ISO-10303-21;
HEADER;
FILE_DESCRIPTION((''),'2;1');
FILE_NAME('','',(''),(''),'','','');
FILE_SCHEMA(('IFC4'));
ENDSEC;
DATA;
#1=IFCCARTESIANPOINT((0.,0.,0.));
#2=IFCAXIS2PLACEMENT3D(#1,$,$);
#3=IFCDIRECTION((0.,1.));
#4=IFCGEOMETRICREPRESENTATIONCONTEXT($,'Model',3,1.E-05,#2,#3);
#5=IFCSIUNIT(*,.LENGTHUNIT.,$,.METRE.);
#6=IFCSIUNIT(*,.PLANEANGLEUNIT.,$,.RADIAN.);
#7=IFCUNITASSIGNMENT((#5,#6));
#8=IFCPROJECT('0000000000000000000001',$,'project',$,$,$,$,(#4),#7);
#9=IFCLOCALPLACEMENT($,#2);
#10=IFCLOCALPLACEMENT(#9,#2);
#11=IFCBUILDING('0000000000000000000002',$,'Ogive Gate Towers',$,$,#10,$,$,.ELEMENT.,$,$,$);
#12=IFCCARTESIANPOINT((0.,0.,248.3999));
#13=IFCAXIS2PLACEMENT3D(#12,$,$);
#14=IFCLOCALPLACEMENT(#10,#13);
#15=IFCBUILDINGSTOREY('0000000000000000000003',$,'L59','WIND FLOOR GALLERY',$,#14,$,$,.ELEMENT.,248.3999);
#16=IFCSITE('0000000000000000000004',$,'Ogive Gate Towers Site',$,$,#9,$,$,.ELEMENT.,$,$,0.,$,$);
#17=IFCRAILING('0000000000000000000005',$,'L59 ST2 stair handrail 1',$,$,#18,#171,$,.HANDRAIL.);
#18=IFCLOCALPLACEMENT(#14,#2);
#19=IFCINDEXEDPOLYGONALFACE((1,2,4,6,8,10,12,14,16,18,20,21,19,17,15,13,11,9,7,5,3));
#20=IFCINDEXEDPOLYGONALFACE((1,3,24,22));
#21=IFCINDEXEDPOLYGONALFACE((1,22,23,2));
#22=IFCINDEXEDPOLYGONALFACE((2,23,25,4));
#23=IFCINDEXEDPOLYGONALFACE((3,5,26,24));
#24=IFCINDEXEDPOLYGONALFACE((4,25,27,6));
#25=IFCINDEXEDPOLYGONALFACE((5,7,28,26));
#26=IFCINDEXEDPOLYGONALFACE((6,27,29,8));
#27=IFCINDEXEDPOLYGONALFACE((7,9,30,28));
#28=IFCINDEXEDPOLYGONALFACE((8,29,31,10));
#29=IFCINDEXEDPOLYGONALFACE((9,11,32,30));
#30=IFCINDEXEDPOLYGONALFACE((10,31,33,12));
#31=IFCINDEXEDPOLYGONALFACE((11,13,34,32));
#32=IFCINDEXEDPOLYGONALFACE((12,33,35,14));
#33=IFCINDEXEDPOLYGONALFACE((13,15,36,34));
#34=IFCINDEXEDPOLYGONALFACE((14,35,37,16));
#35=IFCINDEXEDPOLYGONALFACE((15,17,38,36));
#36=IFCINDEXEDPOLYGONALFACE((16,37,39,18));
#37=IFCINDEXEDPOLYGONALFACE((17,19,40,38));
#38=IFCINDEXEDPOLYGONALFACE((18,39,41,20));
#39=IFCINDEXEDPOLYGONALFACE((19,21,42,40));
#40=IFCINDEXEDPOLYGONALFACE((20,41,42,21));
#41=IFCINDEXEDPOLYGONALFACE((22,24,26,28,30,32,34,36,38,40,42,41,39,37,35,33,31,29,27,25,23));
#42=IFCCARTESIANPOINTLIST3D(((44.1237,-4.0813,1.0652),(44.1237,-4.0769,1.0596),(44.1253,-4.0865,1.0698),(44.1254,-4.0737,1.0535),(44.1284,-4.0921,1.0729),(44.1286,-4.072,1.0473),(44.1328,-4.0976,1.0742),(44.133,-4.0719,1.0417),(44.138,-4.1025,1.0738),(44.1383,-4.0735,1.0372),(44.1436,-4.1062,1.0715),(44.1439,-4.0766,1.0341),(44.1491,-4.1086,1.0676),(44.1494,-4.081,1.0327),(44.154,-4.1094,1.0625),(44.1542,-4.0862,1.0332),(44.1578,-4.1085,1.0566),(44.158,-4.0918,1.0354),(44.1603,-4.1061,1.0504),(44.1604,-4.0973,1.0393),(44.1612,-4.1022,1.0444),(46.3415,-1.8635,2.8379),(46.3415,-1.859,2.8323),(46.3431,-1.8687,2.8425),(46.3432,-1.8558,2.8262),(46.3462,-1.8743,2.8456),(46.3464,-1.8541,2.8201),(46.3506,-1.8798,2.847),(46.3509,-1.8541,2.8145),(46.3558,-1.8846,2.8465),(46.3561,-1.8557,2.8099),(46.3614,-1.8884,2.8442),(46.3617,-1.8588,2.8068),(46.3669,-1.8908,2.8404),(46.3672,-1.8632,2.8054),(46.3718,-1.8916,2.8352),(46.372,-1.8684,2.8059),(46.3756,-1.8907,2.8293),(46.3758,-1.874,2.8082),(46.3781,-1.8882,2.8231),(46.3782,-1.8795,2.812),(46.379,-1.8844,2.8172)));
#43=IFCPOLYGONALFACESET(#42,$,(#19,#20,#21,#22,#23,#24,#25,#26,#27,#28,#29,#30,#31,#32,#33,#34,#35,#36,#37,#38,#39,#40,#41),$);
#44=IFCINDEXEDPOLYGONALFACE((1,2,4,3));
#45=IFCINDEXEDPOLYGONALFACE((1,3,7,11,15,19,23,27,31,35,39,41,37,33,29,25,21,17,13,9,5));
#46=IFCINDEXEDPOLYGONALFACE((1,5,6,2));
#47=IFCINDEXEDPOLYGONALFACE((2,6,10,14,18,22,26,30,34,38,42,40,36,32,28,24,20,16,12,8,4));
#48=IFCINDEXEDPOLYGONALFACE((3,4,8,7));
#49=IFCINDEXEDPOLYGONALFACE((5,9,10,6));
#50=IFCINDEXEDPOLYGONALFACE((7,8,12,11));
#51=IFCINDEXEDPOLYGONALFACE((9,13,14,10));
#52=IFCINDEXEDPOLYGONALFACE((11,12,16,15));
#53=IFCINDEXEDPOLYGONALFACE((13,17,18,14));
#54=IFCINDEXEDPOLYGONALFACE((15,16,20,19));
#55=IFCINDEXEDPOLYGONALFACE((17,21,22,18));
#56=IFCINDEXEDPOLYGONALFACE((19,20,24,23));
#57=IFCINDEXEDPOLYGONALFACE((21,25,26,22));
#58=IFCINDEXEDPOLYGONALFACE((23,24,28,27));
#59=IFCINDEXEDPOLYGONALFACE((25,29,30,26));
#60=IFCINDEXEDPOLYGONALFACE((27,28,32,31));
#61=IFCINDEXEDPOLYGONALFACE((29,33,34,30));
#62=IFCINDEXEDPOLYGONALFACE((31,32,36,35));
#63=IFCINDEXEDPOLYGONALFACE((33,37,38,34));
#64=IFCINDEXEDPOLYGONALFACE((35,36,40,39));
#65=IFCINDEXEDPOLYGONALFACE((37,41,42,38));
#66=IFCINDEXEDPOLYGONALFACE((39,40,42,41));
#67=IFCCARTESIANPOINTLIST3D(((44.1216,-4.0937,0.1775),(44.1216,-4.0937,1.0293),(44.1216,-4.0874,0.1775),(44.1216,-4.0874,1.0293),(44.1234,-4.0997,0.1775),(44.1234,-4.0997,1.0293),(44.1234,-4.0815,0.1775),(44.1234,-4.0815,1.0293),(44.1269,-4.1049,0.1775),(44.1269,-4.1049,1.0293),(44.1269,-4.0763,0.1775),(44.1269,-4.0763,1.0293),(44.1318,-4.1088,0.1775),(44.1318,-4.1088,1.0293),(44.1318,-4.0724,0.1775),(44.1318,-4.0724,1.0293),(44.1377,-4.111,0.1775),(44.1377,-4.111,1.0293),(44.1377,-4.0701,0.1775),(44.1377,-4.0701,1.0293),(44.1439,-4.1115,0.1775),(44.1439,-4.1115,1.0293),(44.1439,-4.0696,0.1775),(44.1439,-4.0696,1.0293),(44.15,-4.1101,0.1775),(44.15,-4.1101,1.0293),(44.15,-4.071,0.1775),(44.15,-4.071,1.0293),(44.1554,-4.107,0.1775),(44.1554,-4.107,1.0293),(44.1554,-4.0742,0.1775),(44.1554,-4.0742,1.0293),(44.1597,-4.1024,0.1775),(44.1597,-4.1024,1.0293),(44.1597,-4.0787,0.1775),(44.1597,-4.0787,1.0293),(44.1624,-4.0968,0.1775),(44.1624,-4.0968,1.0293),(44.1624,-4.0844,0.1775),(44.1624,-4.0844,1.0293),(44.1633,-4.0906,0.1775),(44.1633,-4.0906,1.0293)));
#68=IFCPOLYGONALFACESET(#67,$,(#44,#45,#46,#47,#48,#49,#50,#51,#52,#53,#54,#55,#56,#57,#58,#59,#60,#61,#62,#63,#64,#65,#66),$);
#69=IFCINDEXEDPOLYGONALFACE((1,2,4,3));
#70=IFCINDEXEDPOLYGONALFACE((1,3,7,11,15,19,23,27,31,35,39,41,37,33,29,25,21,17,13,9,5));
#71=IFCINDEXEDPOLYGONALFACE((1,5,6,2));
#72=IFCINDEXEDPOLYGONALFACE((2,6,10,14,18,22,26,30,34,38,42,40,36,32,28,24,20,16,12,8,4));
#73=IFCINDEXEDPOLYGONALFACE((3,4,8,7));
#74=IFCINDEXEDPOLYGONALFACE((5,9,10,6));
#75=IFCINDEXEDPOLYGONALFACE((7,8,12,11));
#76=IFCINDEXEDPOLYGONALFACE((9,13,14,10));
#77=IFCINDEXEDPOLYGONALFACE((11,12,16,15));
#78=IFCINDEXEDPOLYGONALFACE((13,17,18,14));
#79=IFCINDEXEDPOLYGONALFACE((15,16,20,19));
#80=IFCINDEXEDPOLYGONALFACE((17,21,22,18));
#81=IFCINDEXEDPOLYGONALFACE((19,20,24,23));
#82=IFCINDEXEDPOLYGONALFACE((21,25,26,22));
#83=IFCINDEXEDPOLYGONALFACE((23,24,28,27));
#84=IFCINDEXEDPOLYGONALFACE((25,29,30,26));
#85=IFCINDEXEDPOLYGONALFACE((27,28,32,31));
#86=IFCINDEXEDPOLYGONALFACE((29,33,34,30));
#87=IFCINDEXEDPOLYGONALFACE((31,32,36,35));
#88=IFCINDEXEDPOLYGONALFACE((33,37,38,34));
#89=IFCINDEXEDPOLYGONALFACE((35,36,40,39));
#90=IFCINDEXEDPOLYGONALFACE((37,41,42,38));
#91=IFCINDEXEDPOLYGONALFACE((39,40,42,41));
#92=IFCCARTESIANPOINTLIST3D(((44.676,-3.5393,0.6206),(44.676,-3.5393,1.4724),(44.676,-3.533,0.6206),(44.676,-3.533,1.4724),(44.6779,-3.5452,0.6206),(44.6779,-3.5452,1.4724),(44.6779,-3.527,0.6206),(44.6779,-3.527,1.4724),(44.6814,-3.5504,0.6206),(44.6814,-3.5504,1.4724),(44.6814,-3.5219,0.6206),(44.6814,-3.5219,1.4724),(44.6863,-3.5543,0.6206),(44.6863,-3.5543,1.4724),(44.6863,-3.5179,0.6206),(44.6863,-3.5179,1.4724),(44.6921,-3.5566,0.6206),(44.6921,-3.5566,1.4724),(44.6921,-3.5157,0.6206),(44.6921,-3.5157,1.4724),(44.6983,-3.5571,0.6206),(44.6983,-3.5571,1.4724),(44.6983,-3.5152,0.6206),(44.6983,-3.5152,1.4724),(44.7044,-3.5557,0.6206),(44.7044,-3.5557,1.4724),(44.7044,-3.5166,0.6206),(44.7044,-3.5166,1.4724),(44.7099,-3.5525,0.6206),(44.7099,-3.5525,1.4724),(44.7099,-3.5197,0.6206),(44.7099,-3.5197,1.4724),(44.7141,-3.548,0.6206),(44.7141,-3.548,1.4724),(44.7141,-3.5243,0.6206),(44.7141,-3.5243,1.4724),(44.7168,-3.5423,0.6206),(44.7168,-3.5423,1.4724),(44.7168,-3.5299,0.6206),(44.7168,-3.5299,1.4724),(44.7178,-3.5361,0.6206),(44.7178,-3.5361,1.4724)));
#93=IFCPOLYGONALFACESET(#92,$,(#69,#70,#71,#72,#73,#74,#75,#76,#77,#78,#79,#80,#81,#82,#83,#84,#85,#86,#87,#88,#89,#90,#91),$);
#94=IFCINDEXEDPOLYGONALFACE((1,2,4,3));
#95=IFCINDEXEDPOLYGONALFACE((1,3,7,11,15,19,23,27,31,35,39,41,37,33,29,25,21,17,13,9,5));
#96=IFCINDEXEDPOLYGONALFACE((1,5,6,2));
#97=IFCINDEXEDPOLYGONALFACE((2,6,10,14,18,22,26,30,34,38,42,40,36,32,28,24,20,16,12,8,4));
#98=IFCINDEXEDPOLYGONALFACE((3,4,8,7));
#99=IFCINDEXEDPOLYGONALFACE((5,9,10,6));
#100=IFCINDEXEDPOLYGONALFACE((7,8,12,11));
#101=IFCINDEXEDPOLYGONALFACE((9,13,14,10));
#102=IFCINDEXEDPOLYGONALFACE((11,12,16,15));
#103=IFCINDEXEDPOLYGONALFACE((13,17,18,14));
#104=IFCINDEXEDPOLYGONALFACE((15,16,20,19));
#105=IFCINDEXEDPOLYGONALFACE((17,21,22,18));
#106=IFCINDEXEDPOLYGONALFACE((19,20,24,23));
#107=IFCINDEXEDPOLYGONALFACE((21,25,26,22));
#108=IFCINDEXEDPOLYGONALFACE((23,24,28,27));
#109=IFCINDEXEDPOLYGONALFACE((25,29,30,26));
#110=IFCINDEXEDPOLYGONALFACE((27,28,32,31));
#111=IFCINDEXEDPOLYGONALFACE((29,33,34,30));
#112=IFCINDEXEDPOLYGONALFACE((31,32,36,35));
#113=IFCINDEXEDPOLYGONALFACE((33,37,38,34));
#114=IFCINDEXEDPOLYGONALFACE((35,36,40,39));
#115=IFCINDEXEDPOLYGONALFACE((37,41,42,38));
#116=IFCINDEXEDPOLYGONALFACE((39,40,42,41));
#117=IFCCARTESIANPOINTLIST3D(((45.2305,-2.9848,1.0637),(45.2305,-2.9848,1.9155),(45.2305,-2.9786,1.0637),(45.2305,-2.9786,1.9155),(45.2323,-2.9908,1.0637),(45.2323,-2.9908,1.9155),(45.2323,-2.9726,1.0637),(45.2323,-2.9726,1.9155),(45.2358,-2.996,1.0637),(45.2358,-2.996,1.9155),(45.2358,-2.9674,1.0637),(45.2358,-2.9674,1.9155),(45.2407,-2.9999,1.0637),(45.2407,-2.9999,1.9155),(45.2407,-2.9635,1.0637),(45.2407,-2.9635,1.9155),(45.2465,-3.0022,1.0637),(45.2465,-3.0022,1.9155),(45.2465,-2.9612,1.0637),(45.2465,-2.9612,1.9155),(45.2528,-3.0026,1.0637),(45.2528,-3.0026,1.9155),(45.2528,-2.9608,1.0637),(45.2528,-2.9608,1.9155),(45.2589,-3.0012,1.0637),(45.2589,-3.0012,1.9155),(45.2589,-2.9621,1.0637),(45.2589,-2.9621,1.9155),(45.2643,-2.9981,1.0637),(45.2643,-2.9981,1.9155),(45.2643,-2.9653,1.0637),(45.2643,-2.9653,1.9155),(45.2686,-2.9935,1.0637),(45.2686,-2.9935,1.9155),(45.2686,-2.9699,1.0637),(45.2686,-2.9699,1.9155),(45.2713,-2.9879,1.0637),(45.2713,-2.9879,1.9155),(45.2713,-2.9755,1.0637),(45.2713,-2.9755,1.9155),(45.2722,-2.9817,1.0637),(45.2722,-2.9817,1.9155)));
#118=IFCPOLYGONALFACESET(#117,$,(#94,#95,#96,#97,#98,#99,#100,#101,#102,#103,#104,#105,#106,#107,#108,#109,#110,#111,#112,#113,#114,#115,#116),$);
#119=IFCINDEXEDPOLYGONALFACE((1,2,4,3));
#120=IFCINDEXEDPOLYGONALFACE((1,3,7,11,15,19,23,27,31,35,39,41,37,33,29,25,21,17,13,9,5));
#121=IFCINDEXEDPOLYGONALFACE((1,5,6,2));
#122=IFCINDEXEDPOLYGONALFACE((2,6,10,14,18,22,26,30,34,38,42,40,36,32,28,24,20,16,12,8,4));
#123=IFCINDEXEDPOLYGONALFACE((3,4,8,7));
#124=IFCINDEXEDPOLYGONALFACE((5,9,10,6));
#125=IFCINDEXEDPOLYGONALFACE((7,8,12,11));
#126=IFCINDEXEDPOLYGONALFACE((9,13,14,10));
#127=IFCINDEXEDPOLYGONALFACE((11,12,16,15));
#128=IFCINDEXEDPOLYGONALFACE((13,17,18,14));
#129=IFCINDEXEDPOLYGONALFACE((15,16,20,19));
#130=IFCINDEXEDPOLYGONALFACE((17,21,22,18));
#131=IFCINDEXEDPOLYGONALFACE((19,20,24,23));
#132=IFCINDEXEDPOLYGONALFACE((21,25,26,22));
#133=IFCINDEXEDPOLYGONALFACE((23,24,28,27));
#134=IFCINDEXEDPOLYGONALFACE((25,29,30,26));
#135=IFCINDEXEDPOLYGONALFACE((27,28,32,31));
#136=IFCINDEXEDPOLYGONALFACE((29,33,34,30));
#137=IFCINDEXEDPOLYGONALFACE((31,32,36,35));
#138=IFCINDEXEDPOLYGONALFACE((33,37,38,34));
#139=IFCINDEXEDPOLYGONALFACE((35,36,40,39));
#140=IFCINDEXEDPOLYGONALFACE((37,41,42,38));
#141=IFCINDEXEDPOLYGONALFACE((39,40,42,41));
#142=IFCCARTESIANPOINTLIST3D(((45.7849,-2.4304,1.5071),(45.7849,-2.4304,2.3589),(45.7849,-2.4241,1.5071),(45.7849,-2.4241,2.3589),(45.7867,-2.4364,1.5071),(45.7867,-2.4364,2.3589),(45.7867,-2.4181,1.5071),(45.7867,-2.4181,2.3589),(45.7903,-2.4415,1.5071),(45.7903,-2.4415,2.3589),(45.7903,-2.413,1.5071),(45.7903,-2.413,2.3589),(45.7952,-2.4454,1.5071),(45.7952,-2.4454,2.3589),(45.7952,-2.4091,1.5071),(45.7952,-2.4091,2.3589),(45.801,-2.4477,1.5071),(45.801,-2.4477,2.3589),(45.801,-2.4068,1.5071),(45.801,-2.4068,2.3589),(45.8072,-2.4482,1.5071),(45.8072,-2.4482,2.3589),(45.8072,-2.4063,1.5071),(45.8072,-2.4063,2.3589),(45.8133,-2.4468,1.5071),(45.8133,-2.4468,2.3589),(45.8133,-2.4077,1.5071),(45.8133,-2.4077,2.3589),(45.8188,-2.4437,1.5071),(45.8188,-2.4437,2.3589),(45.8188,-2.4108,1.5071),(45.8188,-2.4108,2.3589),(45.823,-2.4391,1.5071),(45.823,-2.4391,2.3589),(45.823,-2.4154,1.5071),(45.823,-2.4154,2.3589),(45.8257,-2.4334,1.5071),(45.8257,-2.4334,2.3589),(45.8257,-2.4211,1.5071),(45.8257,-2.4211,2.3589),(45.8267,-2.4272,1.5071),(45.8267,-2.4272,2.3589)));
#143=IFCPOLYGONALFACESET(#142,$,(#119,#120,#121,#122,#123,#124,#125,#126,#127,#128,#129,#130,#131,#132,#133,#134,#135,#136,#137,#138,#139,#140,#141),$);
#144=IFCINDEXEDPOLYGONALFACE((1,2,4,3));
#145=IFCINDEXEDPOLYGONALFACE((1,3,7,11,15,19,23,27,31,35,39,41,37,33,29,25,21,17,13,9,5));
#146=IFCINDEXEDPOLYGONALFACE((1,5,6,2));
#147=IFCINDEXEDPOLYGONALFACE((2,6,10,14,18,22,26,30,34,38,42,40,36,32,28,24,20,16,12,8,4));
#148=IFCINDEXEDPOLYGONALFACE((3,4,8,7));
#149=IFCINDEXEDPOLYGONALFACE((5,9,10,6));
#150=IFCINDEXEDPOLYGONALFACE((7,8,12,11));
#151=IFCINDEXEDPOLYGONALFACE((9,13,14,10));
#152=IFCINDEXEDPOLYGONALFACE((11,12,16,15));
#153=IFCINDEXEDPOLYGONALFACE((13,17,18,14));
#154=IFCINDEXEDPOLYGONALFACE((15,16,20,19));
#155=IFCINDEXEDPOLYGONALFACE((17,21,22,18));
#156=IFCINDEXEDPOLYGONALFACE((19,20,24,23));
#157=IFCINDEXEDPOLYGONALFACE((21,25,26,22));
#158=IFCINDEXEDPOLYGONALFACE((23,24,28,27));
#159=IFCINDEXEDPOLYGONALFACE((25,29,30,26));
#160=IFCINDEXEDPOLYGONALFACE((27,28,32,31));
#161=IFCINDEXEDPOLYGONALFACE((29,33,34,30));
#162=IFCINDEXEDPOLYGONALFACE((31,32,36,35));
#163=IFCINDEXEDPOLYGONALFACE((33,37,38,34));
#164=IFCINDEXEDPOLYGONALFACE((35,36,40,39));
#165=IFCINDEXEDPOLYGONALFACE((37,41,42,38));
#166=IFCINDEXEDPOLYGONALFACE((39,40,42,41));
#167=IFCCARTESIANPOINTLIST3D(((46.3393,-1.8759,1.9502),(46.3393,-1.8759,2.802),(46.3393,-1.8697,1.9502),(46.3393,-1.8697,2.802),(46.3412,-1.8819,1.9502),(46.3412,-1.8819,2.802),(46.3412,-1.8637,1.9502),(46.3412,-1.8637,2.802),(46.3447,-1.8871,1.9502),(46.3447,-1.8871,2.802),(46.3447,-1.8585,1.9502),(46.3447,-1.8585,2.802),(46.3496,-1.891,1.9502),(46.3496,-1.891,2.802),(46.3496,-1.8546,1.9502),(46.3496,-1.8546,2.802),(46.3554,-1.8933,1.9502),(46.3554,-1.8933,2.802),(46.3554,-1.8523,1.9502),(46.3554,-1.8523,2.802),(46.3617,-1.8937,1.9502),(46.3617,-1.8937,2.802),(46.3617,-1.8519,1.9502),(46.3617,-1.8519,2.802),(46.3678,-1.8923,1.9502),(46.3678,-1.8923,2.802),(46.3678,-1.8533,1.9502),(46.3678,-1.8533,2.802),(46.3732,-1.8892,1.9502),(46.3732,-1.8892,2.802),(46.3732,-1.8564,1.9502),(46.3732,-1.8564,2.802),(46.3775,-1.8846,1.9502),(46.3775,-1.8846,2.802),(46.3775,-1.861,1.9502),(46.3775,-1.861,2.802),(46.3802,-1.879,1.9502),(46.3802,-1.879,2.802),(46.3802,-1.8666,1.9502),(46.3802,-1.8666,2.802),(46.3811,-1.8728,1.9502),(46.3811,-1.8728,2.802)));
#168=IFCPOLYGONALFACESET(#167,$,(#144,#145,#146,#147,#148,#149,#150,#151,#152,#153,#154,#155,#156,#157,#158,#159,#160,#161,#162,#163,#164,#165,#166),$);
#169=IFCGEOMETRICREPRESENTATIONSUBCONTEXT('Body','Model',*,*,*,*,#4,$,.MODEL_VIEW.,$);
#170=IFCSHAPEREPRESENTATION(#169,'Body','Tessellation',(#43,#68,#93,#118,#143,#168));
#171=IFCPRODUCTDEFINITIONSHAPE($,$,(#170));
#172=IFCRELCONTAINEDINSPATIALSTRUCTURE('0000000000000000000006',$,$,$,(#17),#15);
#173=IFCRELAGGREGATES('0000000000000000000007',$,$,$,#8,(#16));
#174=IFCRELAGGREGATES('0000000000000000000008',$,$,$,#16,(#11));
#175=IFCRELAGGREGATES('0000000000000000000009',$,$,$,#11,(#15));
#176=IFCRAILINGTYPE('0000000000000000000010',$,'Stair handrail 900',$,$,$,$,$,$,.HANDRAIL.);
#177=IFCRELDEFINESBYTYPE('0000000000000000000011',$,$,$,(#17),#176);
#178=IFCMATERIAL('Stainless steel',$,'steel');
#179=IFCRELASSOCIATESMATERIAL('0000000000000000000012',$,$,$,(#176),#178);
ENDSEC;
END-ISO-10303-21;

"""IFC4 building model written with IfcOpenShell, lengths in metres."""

from ifc_helpers import new_model, si_unit, direction, frame, origin, origin_2d, place, context, subcontext, project, spatial, circle, extrude, material, type_object, element, save


model = new_model("IFC4")

# Units and contexts
model_context = context("Model", 3, precision=1e-05, world=origin(), true_north=direction((0.0, 1.0)))
body_context = subcontext(model_context, "Body", "Model", "MODEL_VIEW")
ifc_project = project(units=[si_unit("LENGTHUNIT", "METRE"), si_unit("PLANEANGLEUNIT", "RADIAN")], contexts=[model_context])

# Site, building, storey
site_placement = place(None, origin())
site = spatial("IfcSite", under=ifc_project, at=site_placement, Name="Ogive Gate Towers Site", CompositionType="ELEMENT", RefElevation=0.0)
building_placement = place(site_placement, origin())
building = spatial("IfcBuilding", under=site, at=building_placement, Name="Ogive Gate Towers", CompositionType="ELEMENT")
storey_placement = place(building_placement, frame((0.0, 0.0, 248.3999)))
storey = spatial("IfcBuildingStorey", under=building, at=storey_placement, Name="L59", Description="WIND FLOOR GALLERY", CompositionType="ELEMENT", Elevation=248.3999)

# Railing
ifc_material_1 = material(Name="Stainless steel", Category="steel")
railing_type_1 = type_object("IfcRailingType", Name="Stair handrail 900", PredefinedType="HANDRAIL", material=ifc_material_1)
for number, where, name in (
    (1, (44.1423, -4.0906, 0.1775), "L59 ST2 stair handrail 1"),
):
    element("IfcRailing", number, at=place(storey_placement, frame(where)), inside=storey, type_object=railing_type_1, Name=name, PredefinedType="HANDRAIL", context=body_context, shape_type="SweptSolid", body=[
        extrude(circle(Radius=0.0239, at=origin_2d()), frame((0.0, 0.0, 0.876), z_axis=(0.615585, 0.615585, 0.492048), x_axis=(-0.707107, 0.707107, 0.0)), (0.0, 0.0, 1.0), 3.6028),
        extrude(circle(Radius=0.021, at=origin_2d()), origin(), (0.0, 0.0, 1.0), 0.8518),
        extrude(circle(Radius=0.021, at=origin_2d()), frame((0.5544, 0.5544, 0.4431)), (0.0, 0.0, 1.0), 0.8518),
        extrude(circle(Radius=0.021, at=origin_2d()), frame((1.1089, 1.1089, 0.8862)), (0.0, 0.0, 1.0), 0.8518),
        extrude(circle(Radius=0.021, at=origin_2d()), frame((1.6633, 1.6633, 1.3296)), (0.0, 0.0, 1.0), 0.8518),
        extrude(circle(Radius=0.021, at=origin_2d()), frame((2.2178, 2.2178, 1.7727)), (0.0, 0.0, 1.0), 0.8518),
    ])

save(model, "model.ifc")
